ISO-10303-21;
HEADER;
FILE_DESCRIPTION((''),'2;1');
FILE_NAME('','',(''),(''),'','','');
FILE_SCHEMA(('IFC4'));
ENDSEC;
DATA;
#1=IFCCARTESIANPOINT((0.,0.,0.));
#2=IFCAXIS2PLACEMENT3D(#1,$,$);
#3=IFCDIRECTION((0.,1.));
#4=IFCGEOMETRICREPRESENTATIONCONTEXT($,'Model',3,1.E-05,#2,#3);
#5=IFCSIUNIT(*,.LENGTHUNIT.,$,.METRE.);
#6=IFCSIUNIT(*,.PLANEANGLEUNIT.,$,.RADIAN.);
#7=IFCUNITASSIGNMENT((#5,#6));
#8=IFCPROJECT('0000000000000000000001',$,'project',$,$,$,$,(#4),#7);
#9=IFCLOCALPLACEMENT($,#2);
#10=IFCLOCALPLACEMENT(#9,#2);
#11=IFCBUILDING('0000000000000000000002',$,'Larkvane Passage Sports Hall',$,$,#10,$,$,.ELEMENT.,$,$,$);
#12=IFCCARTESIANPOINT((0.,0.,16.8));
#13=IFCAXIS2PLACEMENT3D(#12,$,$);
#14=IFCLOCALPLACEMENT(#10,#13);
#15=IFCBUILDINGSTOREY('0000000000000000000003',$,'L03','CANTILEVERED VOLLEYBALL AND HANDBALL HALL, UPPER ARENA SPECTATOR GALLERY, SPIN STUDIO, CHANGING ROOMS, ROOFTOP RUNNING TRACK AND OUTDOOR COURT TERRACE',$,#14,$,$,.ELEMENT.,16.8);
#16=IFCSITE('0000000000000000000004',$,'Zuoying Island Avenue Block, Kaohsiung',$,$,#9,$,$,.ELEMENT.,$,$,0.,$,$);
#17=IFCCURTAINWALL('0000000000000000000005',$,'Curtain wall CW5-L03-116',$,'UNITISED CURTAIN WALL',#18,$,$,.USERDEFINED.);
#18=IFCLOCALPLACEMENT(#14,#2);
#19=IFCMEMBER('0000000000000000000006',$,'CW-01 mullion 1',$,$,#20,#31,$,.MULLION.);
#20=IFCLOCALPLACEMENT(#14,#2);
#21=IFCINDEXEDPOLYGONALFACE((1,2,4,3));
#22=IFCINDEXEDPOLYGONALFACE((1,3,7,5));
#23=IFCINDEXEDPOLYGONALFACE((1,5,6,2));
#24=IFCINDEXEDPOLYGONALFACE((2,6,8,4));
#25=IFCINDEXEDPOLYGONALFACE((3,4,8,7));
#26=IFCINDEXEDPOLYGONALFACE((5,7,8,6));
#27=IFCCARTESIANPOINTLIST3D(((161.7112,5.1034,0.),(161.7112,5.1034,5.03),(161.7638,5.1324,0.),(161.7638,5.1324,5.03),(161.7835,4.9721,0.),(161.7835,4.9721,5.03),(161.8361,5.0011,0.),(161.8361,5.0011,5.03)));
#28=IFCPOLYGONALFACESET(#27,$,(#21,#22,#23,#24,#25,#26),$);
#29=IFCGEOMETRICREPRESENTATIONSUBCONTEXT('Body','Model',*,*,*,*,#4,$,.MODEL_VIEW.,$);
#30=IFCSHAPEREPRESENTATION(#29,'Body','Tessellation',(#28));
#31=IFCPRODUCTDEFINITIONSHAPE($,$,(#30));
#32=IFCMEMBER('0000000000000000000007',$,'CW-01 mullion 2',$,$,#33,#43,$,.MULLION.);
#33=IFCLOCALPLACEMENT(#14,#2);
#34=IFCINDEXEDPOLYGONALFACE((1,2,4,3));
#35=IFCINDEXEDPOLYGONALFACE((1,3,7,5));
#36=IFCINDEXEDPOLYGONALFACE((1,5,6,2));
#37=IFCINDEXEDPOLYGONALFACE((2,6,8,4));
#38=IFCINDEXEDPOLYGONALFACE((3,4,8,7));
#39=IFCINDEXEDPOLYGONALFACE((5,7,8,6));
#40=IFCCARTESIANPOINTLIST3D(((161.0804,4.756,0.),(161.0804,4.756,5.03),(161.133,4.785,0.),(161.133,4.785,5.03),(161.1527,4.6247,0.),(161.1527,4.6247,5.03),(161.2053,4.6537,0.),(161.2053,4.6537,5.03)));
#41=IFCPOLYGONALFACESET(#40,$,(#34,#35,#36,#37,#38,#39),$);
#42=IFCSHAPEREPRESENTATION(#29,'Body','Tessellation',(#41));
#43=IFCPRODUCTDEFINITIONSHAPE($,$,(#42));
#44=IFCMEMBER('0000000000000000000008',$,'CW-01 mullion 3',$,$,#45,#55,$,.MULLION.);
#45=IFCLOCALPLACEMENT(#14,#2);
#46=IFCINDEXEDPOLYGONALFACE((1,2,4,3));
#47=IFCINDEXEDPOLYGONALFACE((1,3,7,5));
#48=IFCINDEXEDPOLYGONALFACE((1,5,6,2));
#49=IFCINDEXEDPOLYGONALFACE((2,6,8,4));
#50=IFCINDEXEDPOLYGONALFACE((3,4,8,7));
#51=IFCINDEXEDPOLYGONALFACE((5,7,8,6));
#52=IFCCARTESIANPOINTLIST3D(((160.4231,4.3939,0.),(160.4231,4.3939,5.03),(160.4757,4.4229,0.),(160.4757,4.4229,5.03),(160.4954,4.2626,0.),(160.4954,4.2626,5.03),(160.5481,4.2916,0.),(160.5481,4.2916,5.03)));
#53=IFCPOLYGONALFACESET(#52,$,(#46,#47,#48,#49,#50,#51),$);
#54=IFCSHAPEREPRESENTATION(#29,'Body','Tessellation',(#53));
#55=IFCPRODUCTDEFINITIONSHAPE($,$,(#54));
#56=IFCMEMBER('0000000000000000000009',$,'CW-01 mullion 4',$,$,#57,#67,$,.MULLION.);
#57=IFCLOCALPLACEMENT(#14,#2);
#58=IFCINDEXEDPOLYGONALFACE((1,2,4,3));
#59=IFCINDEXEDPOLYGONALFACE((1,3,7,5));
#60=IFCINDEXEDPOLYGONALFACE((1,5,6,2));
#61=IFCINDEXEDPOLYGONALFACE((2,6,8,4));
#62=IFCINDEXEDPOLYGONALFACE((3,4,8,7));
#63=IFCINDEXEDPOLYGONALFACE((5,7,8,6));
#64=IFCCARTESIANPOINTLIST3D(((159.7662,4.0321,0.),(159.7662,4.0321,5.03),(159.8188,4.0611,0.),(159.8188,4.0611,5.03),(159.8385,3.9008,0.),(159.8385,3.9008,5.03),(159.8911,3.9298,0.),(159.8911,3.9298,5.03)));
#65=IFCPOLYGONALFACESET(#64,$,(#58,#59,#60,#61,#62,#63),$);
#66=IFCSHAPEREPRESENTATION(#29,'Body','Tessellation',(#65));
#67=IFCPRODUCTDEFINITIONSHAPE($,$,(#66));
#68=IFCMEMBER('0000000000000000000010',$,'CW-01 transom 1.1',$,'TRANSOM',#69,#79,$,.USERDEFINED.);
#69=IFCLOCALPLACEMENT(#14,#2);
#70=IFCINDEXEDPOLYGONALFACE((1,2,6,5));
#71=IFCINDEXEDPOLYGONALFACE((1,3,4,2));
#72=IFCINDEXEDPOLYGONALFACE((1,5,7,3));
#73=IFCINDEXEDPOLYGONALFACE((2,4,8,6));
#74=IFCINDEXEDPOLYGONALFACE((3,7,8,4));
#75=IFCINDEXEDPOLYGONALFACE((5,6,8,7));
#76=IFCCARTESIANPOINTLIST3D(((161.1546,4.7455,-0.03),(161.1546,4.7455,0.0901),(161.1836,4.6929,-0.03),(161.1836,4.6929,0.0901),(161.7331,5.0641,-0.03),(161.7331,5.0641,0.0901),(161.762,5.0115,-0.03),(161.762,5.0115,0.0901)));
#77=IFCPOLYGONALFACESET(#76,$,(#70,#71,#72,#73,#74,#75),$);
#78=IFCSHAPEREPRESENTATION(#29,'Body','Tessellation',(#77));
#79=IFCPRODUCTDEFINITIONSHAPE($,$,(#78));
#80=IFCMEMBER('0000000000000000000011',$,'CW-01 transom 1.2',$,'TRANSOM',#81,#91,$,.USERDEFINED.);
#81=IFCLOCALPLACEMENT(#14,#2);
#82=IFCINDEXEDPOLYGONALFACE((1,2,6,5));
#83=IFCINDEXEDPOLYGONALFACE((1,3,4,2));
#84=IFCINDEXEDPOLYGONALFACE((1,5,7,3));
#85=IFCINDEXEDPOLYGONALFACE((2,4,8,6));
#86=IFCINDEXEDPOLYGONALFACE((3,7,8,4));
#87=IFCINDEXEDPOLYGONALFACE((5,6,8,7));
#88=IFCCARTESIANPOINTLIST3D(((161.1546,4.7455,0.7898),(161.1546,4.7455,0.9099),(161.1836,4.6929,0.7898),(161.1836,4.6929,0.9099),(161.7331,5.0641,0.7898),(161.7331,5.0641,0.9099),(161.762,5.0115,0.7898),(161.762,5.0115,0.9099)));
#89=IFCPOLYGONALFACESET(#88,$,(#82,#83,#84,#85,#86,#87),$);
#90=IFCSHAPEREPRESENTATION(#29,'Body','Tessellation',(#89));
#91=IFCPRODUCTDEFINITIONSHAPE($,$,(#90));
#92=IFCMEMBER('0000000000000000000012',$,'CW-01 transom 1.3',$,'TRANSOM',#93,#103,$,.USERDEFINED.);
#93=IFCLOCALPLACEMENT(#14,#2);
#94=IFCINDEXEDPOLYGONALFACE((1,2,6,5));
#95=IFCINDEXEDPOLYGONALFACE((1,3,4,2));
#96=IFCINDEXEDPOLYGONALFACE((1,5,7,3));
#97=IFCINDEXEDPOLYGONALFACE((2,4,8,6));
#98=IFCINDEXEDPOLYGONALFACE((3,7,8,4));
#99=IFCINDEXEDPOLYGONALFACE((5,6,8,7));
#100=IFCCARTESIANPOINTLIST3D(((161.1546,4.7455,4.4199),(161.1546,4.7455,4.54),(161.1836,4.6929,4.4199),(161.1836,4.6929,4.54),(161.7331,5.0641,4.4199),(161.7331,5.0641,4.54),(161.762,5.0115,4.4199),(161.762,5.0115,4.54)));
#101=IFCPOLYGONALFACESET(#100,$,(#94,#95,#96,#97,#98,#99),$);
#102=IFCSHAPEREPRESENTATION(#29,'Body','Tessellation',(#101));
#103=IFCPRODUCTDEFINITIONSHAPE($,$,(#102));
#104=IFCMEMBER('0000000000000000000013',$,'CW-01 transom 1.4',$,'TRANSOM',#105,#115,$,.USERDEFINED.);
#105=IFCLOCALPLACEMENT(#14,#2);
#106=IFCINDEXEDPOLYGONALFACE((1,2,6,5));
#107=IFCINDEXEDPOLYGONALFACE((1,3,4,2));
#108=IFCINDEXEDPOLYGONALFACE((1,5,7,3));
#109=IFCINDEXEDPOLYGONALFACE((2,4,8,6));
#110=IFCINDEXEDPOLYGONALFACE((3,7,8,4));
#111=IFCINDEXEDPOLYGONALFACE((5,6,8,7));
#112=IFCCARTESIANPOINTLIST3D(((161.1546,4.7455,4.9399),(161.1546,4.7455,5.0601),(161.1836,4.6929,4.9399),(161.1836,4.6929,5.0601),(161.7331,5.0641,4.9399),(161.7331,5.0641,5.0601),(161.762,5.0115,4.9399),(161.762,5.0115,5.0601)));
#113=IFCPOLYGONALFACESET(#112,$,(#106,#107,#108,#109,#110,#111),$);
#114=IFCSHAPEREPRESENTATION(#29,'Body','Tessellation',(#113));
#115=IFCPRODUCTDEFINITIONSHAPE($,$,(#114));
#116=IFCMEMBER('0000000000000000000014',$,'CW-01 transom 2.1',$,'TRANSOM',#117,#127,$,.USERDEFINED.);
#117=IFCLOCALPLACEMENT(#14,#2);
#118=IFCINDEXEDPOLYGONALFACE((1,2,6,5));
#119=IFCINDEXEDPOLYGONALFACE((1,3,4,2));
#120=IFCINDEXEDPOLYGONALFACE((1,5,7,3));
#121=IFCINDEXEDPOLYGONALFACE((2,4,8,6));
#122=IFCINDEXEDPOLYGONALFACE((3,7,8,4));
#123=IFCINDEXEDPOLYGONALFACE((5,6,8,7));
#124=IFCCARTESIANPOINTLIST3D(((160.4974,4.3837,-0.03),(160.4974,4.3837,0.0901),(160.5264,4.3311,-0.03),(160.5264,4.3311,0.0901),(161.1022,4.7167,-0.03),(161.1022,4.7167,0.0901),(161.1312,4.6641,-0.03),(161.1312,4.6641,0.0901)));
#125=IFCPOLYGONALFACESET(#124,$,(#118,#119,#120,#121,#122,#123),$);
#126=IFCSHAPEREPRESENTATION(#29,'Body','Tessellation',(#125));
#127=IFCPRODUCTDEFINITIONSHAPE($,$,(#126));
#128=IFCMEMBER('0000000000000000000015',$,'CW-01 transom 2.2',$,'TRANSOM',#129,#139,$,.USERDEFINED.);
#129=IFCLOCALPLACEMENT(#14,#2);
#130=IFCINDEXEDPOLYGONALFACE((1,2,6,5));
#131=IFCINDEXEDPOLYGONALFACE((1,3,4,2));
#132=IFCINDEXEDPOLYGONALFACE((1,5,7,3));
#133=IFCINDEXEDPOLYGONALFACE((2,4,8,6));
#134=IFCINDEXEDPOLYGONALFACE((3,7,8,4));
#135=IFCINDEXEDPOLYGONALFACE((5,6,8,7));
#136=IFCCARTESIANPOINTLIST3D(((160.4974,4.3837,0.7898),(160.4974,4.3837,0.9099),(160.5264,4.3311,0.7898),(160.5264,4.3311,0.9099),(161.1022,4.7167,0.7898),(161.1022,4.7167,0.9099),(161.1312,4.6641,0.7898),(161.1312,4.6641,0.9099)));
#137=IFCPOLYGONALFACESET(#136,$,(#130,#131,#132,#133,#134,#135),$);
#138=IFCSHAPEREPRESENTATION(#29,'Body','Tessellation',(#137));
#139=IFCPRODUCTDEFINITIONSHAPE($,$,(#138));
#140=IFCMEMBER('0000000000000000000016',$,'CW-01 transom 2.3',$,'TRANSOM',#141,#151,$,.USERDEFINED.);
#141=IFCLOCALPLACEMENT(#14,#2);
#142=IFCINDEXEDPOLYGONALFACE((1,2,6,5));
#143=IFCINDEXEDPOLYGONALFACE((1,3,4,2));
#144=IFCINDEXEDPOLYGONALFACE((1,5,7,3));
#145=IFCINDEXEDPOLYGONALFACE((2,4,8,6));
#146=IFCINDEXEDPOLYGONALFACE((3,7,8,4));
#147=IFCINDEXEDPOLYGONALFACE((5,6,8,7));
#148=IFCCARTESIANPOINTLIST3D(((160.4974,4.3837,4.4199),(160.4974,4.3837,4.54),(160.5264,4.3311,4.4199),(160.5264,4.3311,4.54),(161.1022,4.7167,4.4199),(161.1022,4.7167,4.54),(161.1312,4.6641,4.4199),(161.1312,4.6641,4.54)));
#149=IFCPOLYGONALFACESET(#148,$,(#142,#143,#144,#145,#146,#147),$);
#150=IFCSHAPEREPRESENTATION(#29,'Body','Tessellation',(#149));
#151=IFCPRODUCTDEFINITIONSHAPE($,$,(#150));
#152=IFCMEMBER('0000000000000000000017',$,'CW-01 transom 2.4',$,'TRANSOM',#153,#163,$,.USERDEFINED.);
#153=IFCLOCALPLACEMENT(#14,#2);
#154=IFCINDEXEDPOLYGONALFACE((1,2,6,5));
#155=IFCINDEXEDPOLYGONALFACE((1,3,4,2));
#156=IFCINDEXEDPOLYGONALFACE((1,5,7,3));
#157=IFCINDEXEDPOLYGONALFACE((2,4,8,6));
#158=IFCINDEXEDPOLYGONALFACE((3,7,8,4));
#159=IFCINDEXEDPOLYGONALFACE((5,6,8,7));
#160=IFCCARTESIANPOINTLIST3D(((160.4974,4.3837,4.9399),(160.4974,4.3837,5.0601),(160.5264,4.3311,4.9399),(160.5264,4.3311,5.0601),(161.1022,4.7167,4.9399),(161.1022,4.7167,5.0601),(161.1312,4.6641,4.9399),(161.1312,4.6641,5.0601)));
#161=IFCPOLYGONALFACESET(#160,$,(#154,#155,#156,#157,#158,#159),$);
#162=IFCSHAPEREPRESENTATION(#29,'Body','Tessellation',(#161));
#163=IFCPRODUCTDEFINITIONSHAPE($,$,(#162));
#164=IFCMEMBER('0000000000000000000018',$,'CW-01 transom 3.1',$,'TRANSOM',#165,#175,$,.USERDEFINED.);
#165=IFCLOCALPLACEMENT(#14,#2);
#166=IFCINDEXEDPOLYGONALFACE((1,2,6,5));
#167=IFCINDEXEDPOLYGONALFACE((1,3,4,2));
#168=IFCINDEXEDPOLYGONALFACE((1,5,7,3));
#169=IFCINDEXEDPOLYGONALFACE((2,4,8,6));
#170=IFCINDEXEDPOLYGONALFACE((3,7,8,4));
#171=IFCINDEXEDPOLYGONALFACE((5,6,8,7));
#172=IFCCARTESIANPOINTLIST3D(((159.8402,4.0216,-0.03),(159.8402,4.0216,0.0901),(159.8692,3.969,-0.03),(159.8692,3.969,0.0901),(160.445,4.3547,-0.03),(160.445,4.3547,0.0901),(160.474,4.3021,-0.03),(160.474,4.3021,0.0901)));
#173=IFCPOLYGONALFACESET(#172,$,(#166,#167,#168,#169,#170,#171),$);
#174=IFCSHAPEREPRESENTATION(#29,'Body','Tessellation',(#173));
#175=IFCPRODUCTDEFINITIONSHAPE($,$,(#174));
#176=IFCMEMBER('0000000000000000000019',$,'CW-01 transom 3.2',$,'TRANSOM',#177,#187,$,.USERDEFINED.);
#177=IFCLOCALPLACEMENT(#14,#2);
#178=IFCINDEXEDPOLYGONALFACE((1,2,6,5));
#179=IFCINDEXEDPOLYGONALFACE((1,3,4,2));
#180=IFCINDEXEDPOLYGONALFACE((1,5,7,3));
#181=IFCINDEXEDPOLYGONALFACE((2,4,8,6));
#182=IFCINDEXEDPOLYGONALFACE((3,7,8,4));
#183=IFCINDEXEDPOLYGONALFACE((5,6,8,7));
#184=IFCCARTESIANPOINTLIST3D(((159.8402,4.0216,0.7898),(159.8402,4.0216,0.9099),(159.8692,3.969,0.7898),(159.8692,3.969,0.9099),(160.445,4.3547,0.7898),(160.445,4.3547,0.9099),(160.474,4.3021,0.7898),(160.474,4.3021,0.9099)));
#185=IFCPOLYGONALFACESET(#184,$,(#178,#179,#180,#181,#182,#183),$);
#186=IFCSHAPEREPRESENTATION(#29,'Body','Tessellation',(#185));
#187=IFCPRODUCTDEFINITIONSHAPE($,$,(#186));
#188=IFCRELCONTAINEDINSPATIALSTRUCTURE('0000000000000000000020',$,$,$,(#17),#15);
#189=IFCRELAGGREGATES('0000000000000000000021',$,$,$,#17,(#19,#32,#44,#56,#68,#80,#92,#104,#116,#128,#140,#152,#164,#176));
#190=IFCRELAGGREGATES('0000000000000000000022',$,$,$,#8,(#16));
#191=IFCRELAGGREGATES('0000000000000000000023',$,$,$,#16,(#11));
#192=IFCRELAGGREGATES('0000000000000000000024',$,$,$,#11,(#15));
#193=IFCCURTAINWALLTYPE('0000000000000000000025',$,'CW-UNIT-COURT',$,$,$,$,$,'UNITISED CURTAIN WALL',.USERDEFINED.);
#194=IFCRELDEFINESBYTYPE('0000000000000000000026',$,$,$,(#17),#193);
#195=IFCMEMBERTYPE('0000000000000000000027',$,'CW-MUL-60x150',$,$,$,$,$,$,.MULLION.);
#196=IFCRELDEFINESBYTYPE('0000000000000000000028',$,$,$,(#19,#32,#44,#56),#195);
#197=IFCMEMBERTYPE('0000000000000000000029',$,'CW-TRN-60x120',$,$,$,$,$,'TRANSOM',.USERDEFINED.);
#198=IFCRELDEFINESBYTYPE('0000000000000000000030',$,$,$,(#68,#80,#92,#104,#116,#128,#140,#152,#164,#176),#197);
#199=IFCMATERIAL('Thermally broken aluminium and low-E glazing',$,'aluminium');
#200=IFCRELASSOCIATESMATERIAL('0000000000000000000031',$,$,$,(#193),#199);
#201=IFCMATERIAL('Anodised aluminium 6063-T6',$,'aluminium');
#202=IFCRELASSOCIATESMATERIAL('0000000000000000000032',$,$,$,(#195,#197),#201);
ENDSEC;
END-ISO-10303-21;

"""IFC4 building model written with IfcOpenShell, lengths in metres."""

from ifc_helpers import new_model, si_unit, direction, frame, origin, origin_2d, place, context, subcontext, project, spatial, rectangle, extrude, material, material_profile, profile_set, type_object, element, aggregate, save


model = new_model("IFC4")

# Units and contexts
model_context = context("Model", 3, precision=1e-05, world=origin(), true_north=direction((0.0, 1.0)))
body_context = subcontext(model_context, "Body", "Model", "MODEL_VIEW")
ifc_project = project(units=[si_unit("LENGTHUNIT", "METRE"), si_unit("PLANEANGLEUNIT", "RADIAN")], contexts=[model_context])

# Site, building, storey
site_placement = place(None, origin())
site = spatial("IfcSite", under=ifc_project, at=site_placement, Name="Zuoying Island Avenue Block, Kaohsiung", CompositionType="ELEMENT", RefElevation=0.0)
building_placement = place(site_placement, origin())
building = spatial("IfcBuilding", under=site, at=building_placement, Name="Larkvane Passage Sports Hall", CompositionType="ELEMENT")
storey_placement = place(building_placement, frame((0.0, 0.0, 16.8)))
storey = spatial("IfcBuildingStorey", under=building, at=storey_placement, Name="L03", Description="CANTILEVERED VOLLEYBALL AND HANDBALL HALL, UPPER ARENA SPECTATOR GALLERY, SPIN STUDIO, CHANGING ROOMS, ROOFTOP RUNNING TRACK AND OUTDOOR COURT TERRACE", CompositionType="ELEMENT", Elevation=16.8)

# Curtain wall, members
ifc_material_1 = material(Name="Thermally broken aluminium and low-E glazing", Category="aluminium")
curtain_wall_type = type_object("IfcCurtainWallType", Name="CW-UNIT-COURT", ElementType="UNITISED CURTAIN WALL", PredefinedType="USERDEFINED", material=ifc_material_1)
curtain_wall_placement = place(storey_placement, origin())
curtain_wall = element("IfcCurtainWall", 1, at=curtain_wall_placement, inside=storey, type_object=curtain_wall_type, Name="Curtain wall CW5-L03-116", ObjectType="UNITISED CURTAIN WALL", PredefinedType="USERDEFINED")
ifc_material_2 = material(Name="Anodised aluminium 6063-T6", Category="aluminium")
ifc_material_profile_1 = material_profile(ifc_material_2, rectangle(XDim=0.0601, YDim=0.1499, at=origin_2d()), Name="ALU-MUL-60x150")
ifc_profile_set_1 = profile_set([ifc_material_profile_1], Name="Anodised aluminium 6063-T6")
member_type_1 = type_object("IfcMemberType", Name="CW-MUL-60x150", PredefinedType="MULLION", material=ifc_profile_set_1)
member_1_placement = place(storey_placement, frame((161.7737, 5.0522, 0.0), z_axis=(0.0, 0.0, 1.0), x_axis=(-0.875942, -0.482416, 0.0)))
member_1 = element("IfcMember", 2, at=member_1_placement, type_object=member_type_1, Name="CW-01 mullion 1", PredefinedType="MULLION", context=body_context, shape_type="SweptSolid", body=[
    extrude(rectangle(XDim=0.0601, YDim=0.1499, at=origin_2d()), origin(), (0.0, 0.0, 1.0), 5.03),
])
member_2_placement = place(storey_placement, frame((161.1428, 4.7048, 0.0), z_axis=(0.0, 0.0, 1.0), x_axis=(-0.875942, -0.482416, 0.0)))
member_2 = element("IfcMember", 3, at=member_2_placement, type_object=member_type_1, Name="CW-01 mullion 2", PredefinedType="MULLION", context=body_context, shape_type="SweptSolid", body=[
    extrude(rectangle(XDim=0.0601, YDim=0.1499, at=origin_2d()), origin(), (0.0, 0.0, 1.0), 5.03),
])
member_3_placement = place(storey_placement, frame((160.4856, 4.3428, 0.0), z_axis=(0.0, 0.0, 1.0), x_axis=(-0.875942, -0.482416, 0.0)))
member_3 = element("IfcMember", 4, at=member_3_placement, type_object=member_type_1, Name="CW-01 mullion 3", PredefinedType="MULLION", context=body_context, shape_type="SweptSolid", body=[
    extrude(rectangle(XDim=0.0601, YDim=0.1499, at=origin_2d()), origin(), (0.0, 0.0, 1.0), 5.03),
])
member_4_placement = place(storey_placement, frame((159.8286, 3.981, 0.0), z_axis=(0.0, 0.0, 1.0), x_axis=(-0.875942, -0.482416, 0.0)))
member_4 = element("IfcMember", 5, at=member_4_placement, type_object=member_type_1, Name="CW-01 mullion 4", PredefinedType="MULLION", context=body_context, shape_type="SweptSolid", body=[
    extrude(rectangle(XDim=0.0601, YDim=0.1499, at=origin_2d()), origin(), (0.0, 0.0, 1.0), 5.03),
])
ifc_material_profile_2 = material_profile(ifc_material_2, rectangle(XDim=0.0601, YDim=0.1201, at=origin_2d()), Name="ALU-TRN-60x120")
ifc_profile_set_2 = profile_set([ifc_material_profile_2], Name="Anodised aluminium 6063-T6")
member_type_2 = type_object("IfcMemberType", Name="CW-TRN-60x120", ElementType="TRANSOM", PredefinedType="USERDEFINED", material=ifc_profile_set_2)
member_5_placement = place(storey_placement, frame((161.7476, 5.0378, 0.03), z_axis=(-0.875896, -0.482501, 0.0), x_axis=(0.482501, -0.875896, 0.0)))
member_5 = element("IfcMember", 6, at=member_5_placement, type_object=member_type_2, Name="CW-01 transom 1.1", ObjectType="TRANSOM", PredefinedType="USERDEFINED", context=body_context, shape_type="SweptSolid", body=[
    extrude(rectangle(XDim=0.0601, YDim=0.1201, at=origin_2d()), origin(), (0.0, 0.0, 1.0), 0.6604),
])
member_6_placement = place(storey_placement, frame((161.7476, 5.0378, 0.8499), z_axis=(-0.875896, -0.482501, 0.0), x_axis=(0.482501, -0.875896, 0.0)))
member_6 = element("IfcMember", 7, at=member_6_placement, type_object=member_type_2, Name="CW-01 transom 1.2", ObjectType="TRANSOM", PredefinedType="USERDEFINED", context=body_context, shape_type="SweptSolid", body=[
    extrude(rectangle(XDim=0.0601, YDim=0.1201, at=origin_2d()), origin(), (0.0, 0.0, 1.0), 0.6604),
])
member_7_placement = place(storey_placement, frame((161.7476, 5.0378, 4.48), z_axis=(-0.875896, -0.482501, 0.0), x_axis=(0.482501, -0.875896, 0.0)))
member_7 = element("IfcMember", 8, at=member_7_placement, type_object=member_type_2, Name="CW-01 transom 1.3", ObjectType="TRANSOM", PredefinedType="USERDEFINED", context=body_context, shape_type="SweptSolid", body=[
    extrude(rectangle(XDim=0.0601, YDim=0.1201, at=origin_2d()), origin(), (0.0, 0.0, 1.0), 0.6604),
])
member_8_placement = place(storey_placement, frame((161.7476, 5.0378, 5.0), z_axis=(-0.875896, -0.482501, 0.0), x_axis=(0.482501, -0.875896, 0.0)))
member_8 = element("IfcMember", 9, at=member_8_placement, type_object=member_type_2, Name="CW-01 transom 1.4", ObjectType="TRANSOM", PredefinedType="USERDEFINED", context=body_context, shape_type="SweptSolid", body=[
    extrude(rectangle(XDim=0.0601, YDim=0.1201, at=origin_2d()), origin(), (0.0, 0.0, 1.0), 0.6604),
])
member_9_placement = place(storey_placement, frame((161.1167, 4.6904, 0.03), z_axis=(-0.875969, -0.482367, 0.0), x_axis=(0.482367, -0.875969, 0.0)))
member_9 = element("IfcMember", 10, at=member_9_placement, type_object=member_type_2, Name="CW-01 transom 2.1", ObjectType="TRANSOM", PredefinedType="USERDEFINED", context=body_context, shape_type="SweptSolid", body=[
    extrude(rectangle(XDim=0.0601, YDim=0.1201, at=origin_2d()), origin(), (0.0, 0.0, 1.0), 0.6904),
])
member_10_placement = place(storey_placement, frame((161.1167, 4.6904, 0.8499), z_axis=(-0.875969, -0.482367, 0.0), x_axis=(0.482367, -0.875969, 0.0)))
member_10 = element("IfcMember", 11, at=member_10_placement, type_object=member_type_2, Name="CW-01 transom 2.2", ObjectType="TRANSOM", PredefinedType="USERDEFINED", context=body_context, shape_type="SweptSolid", body=[
    extrude(rectangle(XDim=0.0601, YDim=0.1201, at=origin_2d()), origin(), (0.0, 0.0, 1.0), 0.6904),
])
member_11_placement = place(storey_placement, frame((161.1167, 4.6904, 4.48), z_axis=(-0.875969, -0.482367, 0.0), x_axis=(0.482367, -0.875969, 0.0)))
member_11 = element("IfcMember", 12, at=member_11_placement, type_object=member_type_2, Name="CW-01 transom 2.3", ObjectType="TRANSOM", PredefinedType="USERDEFINED", context=body_context, shape_type="SweptSolid", body=[
    extrude(rectangle(XDim=0.0601, YDim=0.1201, at=origin_2d()), origin(), (0.0, 0.0, 1.0), 0.6904),
])
member_12_placement = place(storey_placement, frame((161.1167, 4.6904, 5.0), z_axis=(-0.875969, -0.482367, 0.0), x_axis=(0.482367, -0.875969, 0.0)))
member_12 = element("IfcMember", 13, at=member_12_placement, type_object=member_type_2, Name="CW-01 transom 2.4", ObjectType="TRANSOM", PredefinedType="USERDEFINED", context=body_context, shape_type="SweptSolid", body=[
    extrude(rectangle(XDim=0.0601, YDim=0.1201, at=origin_2d()), origin(), (0.0, 0.0, 1.0), 0.6904),
])
member_13_placement = place(storey_placement, frame((160.4595, 4.3284, 0.03), z_axis=(-0.875969, -0.482367, 0.0), x_axis=(0.482367, -0.875969, 0.0)))
member_13 = element("IfcMember", 14, at=member_13_placement, type_object=member_type_2, Name="CW-01 transom 3.1", ObjectType="TRANSOM", PredefinedType="USERDEFINED", context=body_context, shape_type="SweptSolid", body=[
    extrude(rectangle(XDim=0.0601, YDim=0.1201, at=origin_2d()), origin(), (0.0, 0.0, 1.0), 0.6904),
])
member_14_placement = place(storey_placement, frame((160.4595, 4.3284, 0.8499), z_axis=(-0.875969, -0.482367, 0.0), x_axis=(0.482367, -0.875969, 0.0)))
member_14 = element("IfcMember", 15, at=member_14_placement, type_object=member_type_2, Name="CW-01 transom 3.2", ObjectType="TRANSOM", PredefinedType="USERDEFINED", context=body_context, shape_type="SweptSolid", body=[
    extrude(rectangle(XDim=0.0601, YDim=0.1201, at=origin_2d()), origin(), (0.0, 0.0, 1.0), 0.6904),
])
aggregate(curtain_wall, [member_1, member_2, member_3, member_4, member_5, member_6, member_7, member_8, member_9, member_10, member_11, member_12, member_13, member_14])

save(model, "model.ifc")
